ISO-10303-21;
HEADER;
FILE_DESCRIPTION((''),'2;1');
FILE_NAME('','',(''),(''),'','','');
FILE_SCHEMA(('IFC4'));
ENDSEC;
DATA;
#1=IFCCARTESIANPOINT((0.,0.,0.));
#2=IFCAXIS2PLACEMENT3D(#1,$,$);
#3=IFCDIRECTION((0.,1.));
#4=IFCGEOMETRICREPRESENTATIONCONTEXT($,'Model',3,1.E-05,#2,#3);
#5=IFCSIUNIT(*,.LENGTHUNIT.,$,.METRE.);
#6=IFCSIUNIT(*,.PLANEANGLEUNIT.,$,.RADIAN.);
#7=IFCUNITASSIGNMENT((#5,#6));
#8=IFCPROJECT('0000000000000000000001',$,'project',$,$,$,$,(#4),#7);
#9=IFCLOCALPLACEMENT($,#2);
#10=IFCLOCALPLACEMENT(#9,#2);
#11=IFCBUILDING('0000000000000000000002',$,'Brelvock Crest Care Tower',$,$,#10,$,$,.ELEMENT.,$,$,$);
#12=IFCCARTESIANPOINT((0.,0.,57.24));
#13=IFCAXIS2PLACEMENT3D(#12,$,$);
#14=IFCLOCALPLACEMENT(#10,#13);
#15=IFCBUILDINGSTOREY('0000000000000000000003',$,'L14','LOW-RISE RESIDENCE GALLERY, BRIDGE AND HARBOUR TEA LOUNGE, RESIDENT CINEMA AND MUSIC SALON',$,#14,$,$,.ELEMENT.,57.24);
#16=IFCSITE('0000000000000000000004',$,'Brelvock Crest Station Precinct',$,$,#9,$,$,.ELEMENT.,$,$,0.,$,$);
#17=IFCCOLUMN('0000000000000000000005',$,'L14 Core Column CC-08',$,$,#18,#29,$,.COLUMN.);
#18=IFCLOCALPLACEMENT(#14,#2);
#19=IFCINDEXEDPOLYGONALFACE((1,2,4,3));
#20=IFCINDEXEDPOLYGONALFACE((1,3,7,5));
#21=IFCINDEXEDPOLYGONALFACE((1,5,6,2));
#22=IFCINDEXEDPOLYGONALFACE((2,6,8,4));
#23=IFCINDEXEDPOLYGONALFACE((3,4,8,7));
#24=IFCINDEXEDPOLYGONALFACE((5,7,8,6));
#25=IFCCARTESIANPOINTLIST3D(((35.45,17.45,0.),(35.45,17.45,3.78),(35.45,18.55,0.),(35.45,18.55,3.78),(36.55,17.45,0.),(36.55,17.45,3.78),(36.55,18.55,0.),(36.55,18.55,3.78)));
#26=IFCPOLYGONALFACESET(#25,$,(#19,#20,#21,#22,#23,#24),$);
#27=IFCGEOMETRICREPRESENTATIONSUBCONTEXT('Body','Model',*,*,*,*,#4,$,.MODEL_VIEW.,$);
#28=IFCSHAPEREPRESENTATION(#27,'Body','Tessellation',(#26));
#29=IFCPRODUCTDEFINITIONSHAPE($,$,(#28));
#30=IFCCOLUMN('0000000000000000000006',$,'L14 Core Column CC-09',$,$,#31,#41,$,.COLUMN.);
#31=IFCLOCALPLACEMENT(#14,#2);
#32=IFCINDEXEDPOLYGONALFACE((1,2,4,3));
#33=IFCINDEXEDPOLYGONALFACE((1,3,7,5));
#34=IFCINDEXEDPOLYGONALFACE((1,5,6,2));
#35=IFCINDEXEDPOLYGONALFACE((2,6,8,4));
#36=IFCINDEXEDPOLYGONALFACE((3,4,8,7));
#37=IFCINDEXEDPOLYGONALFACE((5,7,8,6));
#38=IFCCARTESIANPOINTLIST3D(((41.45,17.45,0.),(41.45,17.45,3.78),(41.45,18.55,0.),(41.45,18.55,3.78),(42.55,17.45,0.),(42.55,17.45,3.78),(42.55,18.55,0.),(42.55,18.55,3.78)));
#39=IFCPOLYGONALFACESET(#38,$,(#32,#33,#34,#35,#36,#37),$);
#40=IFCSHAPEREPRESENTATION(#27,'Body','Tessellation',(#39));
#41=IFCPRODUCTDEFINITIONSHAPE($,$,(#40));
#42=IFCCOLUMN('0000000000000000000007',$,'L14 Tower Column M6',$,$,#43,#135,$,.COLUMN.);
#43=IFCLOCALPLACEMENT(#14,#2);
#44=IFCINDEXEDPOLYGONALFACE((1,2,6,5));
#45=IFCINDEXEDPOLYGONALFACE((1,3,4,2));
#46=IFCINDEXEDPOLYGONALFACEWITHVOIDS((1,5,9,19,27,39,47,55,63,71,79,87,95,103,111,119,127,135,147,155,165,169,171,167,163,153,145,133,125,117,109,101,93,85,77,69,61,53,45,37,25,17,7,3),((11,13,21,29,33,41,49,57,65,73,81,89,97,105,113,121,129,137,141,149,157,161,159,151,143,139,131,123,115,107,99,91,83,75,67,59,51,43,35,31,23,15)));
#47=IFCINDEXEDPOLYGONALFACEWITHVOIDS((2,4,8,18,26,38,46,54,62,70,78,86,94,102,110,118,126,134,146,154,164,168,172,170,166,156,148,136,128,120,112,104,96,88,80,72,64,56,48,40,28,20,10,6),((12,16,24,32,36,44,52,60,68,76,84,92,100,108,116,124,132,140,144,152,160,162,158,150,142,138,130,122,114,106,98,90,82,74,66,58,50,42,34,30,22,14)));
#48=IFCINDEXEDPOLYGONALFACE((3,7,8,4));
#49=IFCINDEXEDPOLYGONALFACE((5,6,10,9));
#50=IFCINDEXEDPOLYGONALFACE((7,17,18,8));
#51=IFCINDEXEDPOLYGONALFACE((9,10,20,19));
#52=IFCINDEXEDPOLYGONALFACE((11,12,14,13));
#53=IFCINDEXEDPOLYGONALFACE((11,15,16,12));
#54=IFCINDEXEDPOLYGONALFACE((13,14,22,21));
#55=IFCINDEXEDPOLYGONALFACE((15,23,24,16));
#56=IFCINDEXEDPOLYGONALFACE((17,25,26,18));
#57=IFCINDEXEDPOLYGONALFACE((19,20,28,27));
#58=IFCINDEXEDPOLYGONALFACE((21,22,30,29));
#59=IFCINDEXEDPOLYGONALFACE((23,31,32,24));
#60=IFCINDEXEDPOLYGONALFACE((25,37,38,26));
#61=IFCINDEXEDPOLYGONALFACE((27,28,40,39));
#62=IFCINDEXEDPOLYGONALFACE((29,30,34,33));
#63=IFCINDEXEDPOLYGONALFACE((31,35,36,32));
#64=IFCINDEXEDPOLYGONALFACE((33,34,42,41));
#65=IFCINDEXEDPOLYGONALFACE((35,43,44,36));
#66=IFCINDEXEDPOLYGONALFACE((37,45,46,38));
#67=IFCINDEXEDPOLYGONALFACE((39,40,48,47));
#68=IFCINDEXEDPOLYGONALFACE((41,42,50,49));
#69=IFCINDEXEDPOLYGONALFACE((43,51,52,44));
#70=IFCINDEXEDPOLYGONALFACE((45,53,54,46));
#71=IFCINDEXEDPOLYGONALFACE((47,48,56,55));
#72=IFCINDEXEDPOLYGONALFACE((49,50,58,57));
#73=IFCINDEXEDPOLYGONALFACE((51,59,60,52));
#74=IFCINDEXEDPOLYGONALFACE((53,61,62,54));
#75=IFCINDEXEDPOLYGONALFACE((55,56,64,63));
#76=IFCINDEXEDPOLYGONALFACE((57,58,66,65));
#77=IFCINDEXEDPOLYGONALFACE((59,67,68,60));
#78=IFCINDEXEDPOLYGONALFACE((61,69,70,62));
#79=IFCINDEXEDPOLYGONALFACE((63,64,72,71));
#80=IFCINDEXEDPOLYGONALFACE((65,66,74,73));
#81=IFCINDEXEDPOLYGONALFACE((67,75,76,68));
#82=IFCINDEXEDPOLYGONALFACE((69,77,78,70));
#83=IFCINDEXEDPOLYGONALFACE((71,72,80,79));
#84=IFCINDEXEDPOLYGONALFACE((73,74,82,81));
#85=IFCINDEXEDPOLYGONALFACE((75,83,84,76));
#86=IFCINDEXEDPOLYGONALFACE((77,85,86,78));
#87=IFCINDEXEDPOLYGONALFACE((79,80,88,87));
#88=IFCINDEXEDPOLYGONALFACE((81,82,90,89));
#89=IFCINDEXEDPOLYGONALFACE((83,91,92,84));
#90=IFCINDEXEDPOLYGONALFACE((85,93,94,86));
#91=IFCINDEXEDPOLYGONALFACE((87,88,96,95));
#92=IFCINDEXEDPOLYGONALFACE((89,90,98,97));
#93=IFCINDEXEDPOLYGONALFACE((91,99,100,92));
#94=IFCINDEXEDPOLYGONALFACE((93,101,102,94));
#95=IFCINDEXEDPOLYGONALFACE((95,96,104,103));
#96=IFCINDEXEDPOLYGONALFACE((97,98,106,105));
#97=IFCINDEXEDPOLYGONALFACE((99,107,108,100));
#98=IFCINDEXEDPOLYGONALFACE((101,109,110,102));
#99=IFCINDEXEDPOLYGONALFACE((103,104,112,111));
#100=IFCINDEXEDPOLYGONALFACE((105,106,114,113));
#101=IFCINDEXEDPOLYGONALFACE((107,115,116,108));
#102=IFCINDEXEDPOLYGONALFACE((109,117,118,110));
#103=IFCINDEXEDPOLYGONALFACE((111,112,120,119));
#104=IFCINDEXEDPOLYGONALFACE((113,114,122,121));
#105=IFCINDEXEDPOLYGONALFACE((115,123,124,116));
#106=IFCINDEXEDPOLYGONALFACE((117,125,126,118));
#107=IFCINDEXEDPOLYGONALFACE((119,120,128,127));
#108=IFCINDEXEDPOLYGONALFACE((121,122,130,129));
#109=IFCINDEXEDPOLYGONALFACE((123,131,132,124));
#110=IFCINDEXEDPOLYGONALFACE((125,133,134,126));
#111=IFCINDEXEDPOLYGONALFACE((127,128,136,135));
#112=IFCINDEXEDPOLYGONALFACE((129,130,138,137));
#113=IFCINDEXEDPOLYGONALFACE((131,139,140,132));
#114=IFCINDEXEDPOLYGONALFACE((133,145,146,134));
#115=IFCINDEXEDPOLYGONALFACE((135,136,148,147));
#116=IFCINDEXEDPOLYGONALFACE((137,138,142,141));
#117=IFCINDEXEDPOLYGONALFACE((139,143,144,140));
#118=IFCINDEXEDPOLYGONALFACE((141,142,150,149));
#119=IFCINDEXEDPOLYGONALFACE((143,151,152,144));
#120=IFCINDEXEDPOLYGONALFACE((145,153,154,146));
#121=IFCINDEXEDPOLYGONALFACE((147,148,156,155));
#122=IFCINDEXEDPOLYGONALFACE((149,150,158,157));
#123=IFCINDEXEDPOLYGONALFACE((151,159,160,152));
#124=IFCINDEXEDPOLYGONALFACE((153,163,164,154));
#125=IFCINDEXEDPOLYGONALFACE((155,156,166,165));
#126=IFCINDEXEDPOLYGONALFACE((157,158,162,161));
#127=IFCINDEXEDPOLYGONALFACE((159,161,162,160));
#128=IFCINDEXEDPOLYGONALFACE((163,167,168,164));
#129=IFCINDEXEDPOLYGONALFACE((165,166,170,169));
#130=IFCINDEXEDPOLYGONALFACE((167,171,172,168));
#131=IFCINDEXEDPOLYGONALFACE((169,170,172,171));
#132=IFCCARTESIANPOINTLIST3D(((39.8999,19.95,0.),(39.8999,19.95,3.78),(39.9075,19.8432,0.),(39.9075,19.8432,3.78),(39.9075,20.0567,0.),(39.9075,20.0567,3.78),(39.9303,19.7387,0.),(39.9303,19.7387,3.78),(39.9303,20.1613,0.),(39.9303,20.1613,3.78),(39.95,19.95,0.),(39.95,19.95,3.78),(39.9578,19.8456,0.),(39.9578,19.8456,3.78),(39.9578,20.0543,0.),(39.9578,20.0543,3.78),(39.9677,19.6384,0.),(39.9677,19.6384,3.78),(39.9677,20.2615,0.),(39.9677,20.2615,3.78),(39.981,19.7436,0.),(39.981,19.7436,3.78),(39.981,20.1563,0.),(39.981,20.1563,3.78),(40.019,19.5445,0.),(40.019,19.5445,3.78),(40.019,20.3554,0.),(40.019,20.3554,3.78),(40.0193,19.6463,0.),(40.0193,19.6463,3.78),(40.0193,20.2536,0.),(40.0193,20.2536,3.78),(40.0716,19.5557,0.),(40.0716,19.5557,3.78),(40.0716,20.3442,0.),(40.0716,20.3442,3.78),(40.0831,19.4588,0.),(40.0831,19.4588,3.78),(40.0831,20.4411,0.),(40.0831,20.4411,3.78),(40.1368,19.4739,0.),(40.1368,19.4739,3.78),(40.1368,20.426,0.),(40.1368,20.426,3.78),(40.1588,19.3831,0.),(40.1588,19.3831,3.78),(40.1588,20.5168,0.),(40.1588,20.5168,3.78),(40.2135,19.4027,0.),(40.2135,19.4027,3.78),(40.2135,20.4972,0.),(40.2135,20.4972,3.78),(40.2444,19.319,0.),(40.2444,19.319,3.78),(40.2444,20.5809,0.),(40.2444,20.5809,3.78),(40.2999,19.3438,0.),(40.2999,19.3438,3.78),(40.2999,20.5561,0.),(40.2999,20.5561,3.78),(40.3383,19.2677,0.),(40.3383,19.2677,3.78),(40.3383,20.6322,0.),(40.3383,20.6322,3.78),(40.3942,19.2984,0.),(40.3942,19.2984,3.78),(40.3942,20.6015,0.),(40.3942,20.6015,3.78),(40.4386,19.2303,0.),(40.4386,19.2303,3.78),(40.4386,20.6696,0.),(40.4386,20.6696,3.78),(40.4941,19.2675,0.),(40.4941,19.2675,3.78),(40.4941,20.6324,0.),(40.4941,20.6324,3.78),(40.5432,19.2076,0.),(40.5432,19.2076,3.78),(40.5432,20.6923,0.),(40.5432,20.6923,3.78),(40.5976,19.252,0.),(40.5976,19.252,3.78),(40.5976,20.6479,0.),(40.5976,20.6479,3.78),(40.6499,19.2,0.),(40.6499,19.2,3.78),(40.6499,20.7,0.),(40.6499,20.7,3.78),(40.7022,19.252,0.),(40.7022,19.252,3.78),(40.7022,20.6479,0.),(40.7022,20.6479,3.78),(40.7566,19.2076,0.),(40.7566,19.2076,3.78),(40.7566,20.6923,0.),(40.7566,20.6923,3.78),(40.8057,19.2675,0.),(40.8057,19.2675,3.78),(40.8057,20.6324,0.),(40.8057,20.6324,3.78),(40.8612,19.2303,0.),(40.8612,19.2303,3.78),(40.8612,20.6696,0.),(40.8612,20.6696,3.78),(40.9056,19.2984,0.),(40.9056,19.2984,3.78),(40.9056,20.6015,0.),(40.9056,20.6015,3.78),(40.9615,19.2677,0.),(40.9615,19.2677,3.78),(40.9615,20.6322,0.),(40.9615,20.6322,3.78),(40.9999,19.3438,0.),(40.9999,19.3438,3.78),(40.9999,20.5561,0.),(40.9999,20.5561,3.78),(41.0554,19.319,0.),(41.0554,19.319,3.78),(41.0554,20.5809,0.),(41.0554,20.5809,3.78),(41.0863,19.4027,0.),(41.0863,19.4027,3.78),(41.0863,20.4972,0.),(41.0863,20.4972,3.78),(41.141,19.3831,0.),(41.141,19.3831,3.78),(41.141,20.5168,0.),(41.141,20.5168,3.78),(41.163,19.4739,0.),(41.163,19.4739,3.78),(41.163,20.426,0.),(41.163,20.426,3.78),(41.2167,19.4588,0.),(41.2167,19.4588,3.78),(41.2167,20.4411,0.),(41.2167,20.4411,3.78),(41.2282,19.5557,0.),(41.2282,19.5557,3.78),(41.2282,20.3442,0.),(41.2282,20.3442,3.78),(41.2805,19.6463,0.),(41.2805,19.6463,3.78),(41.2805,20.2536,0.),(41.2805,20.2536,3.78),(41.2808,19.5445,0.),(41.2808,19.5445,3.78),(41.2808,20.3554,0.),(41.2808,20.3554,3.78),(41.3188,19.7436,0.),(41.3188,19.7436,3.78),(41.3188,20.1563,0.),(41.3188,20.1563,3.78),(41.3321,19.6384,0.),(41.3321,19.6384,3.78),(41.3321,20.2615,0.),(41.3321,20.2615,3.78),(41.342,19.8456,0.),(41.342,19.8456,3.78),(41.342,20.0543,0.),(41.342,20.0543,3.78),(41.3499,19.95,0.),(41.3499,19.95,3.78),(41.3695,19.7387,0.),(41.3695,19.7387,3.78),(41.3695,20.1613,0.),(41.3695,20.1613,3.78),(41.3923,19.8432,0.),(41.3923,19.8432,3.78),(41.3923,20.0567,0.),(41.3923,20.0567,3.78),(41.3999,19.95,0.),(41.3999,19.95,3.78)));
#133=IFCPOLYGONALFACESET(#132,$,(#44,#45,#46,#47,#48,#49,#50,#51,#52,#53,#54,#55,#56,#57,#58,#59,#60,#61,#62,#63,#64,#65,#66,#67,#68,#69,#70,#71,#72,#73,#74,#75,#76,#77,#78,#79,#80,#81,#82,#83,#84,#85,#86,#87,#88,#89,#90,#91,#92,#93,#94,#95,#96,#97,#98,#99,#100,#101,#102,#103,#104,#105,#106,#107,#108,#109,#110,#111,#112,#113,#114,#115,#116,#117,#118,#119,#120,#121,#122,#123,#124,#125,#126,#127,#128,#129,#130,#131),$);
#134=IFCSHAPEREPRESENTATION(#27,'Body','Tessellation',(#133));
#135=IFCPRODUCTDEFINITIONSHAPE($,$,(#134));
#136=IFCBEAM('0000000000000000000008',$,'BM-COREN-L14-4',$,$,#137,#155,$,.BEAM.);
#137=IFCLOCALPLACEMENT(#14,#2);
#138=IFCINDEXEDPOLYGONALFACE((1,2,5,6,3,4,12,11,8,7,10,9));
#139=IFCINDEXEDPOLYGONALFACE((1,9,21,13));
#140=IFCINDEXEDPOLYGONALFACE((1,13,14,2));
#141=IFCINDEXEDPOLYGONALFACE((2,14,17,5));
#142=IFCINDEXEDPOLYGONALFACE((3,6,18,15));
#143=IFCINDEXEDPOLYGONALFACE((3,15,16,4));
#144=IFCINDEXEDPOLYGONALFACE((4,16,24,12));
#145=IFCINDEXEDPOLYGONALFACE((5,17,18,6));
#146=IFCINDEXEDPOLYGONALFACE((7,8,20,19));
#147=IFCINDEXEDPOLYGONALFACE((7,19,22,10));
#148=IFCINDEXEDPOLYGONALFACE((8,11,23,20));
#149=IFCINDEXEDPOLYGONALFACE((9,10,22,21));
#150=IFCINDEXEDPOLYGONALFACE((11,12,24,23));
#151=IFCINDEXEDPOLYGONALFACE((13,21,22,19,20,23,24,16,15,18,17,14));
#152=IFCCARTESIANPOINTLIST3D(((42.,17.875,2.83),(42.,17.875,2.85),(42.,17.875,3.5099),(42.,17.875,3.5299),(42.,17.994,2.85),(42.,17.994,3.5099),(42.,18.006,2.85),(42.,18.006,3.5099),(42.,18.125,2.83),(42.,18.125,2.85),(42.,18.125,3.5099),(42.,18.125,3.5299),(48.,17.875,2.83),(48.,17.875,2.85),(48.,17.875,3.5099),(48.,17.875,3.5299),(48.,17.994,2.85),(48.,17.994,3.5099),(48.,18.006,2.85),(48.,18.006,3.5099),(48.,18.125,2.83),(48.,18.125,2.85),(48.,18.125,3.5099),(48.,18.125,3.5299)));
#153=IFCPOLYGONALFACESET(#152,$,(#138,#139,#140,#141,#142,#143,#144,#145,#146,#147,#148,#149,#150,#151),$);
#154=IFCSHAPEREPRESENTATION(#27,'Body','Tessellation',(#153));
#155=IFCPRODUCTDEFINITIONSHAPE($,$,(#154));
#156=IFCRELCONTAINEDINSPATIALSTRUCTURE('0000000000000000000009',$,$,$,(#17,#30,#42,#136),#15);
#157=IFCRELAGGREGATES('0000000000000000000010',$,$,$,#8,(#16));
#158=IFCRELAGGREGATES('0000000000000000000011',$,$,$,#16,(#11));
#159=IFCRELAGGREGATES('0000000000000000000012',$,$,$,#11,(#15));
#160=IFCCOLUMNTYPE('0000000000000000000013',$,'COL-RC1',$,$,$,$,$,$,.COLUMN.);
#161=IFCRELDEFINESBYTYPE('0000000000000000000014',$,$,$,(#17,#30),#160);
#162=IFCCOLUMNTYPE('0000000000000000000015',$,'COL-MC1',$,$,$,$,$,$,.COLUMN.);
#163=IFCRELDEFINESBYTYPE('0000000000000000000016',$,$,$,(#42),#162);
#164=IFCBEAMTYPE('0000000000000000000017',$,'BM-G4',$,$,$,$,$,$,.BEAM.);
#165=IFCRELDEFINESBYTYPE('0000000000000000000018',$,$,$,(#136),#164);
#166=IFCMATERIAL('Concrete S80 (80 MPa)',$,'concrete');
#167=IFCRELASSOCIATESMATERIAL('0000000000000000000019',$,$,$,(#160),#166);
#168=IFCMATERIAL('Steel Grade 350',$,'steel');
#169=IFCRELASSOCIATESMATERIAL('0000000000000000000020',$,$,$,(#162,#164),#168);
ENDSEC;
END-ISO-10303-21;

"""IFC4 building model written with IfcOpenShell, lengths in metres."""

from ifc_helpers import new_model, si_unit, direction, frame, origin, origin_2d, place, context, subcontext, project, spatial, rectangle, hollow_circle, i_section, extrude, source, transform, mapped, material, material_profile, profile_set, type_object, element, save


model = new_model("IFC4")

# Units and contexts
model_context = context("Model", 3, precision=1e-05, world=origin(), true_north=direction((0.0, 1.0)))
body_context = subcontext(model_context, "Body", "Model", "MODEL_VIEW")
ifc_project = project(units=[si_unit("LENGTHUNIT", "METRE"), si_unit("PLANEANGLEUNIT", "RADIAN")], contexts=[model_context])

# Site, building, storey
site_placement = place(None, origin())
site = spatial("IfcSite", under=ifc_project, at=site_placement, Name="Brelvock Crest Station Precinct", CompositionType="ELEMENT", RefElevation=0.0)
building_placement = place(site_placement, origin())
building = spatial("IfcBuilding", under=site, at=building_placement, Name="Brelvock Crest Care Tower", CompositionType="ELEMENT")
storey_placement = place(building_placement, frame((0.0, 0.0, 57.24)))
storey = spatial("IfcBuildingStorey", under=building, at=storey_placement, Name="L14", Description="LOW-RISE RESIDENCE GALLERY, BRIDGE AND HARBOUR TEA LOUNGE, RESIDENT CINEMA AND MUSIC SALON", CompositionType="ELEMENT", Elevation=57.24)

# Columns
ifc_material_1 = material(Name="Concrete S80 (80 MPa)", Category="concrete")
ifc_material_profile_1 = material_profile(ifc_material_1, rectangle(XDim=1.1001, YDim=1.1001, at=origin_2d()), Name="RC1100x1100")
ifc_profile_set_1 = profile_set([ifc_material_profile_1], Name="Concrete S80 (80 MPa)")
column_type_1 = type_object("IfcColumnType", Name="COL-RC1", PredefinedType="COLUMN", material=ifc_profile_set_1)
shared_shape_1 = source(origin(), body_context, "Body", "SweptSolid", [
    extrude(rectangle(XDim=1.1001, YDim=1.1001, at=origin_2d()), origin(), (0.0, 0.0, 1.0), 3.78),
])
for number, where, z_axis, x_axis, name in (
    (1, (36.0, 18.0, 0.0), (0.0, 0.0, 1.0), (1.0, 0.0, 0.0), "L14 Core Column CC-08"),
    (2, (42.0, 18.0, 0.0), (0.0, 0.0, 1.0), (1.0, 0.0, 0.0), "L14 Core Column CC-09"),
):
    element("IfcColumn", number, at=place(storey_placement, frame(where, z_axis=z_axis, x_axis=x_axis)), inside=storey, type_object=column_type_1, Name=name, PredefinedType="COLUMN", context=body_context, shape_type="MappedRepresentation", body=[
        mapped(shared_shape_1, transform((0.0, 0.0, 0.0), x_axis=(1.0, 0.0, 0.0), y_axis=(0.0, 1.0, 0.0), z_axis=(0.0, 0.0, 1.0), scale=1.0)),
    ])
ifc_material_2 = material(Name="Steel Grade 350", Category="steel")
ifc_material_profile_2 = material_profile(ifc_material_2, hollow_circle(Radius=0.75, WallThickness=0.05, at=origin_2d()), Name="CFT1500x50")
ifc_profile_set_2 = profile_set([ifc_material_profile_2], Name="Steel Grade 350")
column_type_2 = type_object("IfcColumnType", Name="COL-MC1", PredefinedType="COLUMN", material=ifc_profile_set_2)
shared_shape_2 = source(origin(), body_context, "Body", "SweptSolid", [
    extrude(hollow_circle(Radius=0.75, WallThickness=0.05, at=origin_2d()), origin(), (0.0, 0.0, 1.0), 3.78),
])
column_placement = place(storey_placement, frame((40.6499, 19.95, 0.0), z_axis=(0.0, 0.0, 1.0), x_axis=(1.0, 0.0, 0.0)))
element("IfcColumn", 3, at=column_placement, inside=storey, type_object=column_type_2, Name="L14 Tower Column M6", PredefinedType="COLUMN", context=body_context, shape_type="MappedRepresentation", body=[
    mapped(shared_shape_2, transform((0.0, 0.0, 0.0), x_axis=(1.0, 0.0, 0.0), y_axis=(0.0, 1.0, 0.0), z_axis=(0.0, 0.0, 1.0), scale=1.0)),
])

# Beam
ifc_material_profile_3 = material_profile(ifc_material_2, i_section(OverallWidth=0.25, OverallDepth=0.7, WebThickness=0.012, FlangeThickness=0.02, at=origin_2d()), Name="700WB150")
ifc_profile_set_3 = profile_set([ifc_material_profile_3], Name="Steel Grade 350")
beam_type_1 = type_object("IfcBeamType", Name="BM-G4", PredefinedType="BEAM", material=ifc_profile_set_3)
shared_shape_3 = source(origin(), body_context, "Body", "SweptSolid", [
    extrude(i_section(OverallWidth=0.25, OverallDepth=0.7, WebThickness=0.012, FlangeThickness=0.02, at=origin_2d()), origin(), (0.0, 0.0, 1.0), 6.0),
])
beam_1_placement = place(storey_placement, frame((42.0, 18.0, 3.1799), z_axis=(1.0, 0.0, 0.0), x_axis=(0.0, 1.0, 0.0)))
element("IfcBeam", 4, at=beam_1_placement, inside=storey, type_object=beam_type_1, Name="BM-COREN-L14-4", PredefinedType="BEAM", context=body_context, shape_type="MappedRepresentation", body=[
    mapped(shared_shape_3, transform((0.0, 0.0, 0.0), x_axis=(1.0, 0.0, 0.0), y_axis=(0.0, 1.0, 0.0), z_axis=(0.0, 0.0, 1.0), scale=1.0)),
])

save(model, "model.ifc")
